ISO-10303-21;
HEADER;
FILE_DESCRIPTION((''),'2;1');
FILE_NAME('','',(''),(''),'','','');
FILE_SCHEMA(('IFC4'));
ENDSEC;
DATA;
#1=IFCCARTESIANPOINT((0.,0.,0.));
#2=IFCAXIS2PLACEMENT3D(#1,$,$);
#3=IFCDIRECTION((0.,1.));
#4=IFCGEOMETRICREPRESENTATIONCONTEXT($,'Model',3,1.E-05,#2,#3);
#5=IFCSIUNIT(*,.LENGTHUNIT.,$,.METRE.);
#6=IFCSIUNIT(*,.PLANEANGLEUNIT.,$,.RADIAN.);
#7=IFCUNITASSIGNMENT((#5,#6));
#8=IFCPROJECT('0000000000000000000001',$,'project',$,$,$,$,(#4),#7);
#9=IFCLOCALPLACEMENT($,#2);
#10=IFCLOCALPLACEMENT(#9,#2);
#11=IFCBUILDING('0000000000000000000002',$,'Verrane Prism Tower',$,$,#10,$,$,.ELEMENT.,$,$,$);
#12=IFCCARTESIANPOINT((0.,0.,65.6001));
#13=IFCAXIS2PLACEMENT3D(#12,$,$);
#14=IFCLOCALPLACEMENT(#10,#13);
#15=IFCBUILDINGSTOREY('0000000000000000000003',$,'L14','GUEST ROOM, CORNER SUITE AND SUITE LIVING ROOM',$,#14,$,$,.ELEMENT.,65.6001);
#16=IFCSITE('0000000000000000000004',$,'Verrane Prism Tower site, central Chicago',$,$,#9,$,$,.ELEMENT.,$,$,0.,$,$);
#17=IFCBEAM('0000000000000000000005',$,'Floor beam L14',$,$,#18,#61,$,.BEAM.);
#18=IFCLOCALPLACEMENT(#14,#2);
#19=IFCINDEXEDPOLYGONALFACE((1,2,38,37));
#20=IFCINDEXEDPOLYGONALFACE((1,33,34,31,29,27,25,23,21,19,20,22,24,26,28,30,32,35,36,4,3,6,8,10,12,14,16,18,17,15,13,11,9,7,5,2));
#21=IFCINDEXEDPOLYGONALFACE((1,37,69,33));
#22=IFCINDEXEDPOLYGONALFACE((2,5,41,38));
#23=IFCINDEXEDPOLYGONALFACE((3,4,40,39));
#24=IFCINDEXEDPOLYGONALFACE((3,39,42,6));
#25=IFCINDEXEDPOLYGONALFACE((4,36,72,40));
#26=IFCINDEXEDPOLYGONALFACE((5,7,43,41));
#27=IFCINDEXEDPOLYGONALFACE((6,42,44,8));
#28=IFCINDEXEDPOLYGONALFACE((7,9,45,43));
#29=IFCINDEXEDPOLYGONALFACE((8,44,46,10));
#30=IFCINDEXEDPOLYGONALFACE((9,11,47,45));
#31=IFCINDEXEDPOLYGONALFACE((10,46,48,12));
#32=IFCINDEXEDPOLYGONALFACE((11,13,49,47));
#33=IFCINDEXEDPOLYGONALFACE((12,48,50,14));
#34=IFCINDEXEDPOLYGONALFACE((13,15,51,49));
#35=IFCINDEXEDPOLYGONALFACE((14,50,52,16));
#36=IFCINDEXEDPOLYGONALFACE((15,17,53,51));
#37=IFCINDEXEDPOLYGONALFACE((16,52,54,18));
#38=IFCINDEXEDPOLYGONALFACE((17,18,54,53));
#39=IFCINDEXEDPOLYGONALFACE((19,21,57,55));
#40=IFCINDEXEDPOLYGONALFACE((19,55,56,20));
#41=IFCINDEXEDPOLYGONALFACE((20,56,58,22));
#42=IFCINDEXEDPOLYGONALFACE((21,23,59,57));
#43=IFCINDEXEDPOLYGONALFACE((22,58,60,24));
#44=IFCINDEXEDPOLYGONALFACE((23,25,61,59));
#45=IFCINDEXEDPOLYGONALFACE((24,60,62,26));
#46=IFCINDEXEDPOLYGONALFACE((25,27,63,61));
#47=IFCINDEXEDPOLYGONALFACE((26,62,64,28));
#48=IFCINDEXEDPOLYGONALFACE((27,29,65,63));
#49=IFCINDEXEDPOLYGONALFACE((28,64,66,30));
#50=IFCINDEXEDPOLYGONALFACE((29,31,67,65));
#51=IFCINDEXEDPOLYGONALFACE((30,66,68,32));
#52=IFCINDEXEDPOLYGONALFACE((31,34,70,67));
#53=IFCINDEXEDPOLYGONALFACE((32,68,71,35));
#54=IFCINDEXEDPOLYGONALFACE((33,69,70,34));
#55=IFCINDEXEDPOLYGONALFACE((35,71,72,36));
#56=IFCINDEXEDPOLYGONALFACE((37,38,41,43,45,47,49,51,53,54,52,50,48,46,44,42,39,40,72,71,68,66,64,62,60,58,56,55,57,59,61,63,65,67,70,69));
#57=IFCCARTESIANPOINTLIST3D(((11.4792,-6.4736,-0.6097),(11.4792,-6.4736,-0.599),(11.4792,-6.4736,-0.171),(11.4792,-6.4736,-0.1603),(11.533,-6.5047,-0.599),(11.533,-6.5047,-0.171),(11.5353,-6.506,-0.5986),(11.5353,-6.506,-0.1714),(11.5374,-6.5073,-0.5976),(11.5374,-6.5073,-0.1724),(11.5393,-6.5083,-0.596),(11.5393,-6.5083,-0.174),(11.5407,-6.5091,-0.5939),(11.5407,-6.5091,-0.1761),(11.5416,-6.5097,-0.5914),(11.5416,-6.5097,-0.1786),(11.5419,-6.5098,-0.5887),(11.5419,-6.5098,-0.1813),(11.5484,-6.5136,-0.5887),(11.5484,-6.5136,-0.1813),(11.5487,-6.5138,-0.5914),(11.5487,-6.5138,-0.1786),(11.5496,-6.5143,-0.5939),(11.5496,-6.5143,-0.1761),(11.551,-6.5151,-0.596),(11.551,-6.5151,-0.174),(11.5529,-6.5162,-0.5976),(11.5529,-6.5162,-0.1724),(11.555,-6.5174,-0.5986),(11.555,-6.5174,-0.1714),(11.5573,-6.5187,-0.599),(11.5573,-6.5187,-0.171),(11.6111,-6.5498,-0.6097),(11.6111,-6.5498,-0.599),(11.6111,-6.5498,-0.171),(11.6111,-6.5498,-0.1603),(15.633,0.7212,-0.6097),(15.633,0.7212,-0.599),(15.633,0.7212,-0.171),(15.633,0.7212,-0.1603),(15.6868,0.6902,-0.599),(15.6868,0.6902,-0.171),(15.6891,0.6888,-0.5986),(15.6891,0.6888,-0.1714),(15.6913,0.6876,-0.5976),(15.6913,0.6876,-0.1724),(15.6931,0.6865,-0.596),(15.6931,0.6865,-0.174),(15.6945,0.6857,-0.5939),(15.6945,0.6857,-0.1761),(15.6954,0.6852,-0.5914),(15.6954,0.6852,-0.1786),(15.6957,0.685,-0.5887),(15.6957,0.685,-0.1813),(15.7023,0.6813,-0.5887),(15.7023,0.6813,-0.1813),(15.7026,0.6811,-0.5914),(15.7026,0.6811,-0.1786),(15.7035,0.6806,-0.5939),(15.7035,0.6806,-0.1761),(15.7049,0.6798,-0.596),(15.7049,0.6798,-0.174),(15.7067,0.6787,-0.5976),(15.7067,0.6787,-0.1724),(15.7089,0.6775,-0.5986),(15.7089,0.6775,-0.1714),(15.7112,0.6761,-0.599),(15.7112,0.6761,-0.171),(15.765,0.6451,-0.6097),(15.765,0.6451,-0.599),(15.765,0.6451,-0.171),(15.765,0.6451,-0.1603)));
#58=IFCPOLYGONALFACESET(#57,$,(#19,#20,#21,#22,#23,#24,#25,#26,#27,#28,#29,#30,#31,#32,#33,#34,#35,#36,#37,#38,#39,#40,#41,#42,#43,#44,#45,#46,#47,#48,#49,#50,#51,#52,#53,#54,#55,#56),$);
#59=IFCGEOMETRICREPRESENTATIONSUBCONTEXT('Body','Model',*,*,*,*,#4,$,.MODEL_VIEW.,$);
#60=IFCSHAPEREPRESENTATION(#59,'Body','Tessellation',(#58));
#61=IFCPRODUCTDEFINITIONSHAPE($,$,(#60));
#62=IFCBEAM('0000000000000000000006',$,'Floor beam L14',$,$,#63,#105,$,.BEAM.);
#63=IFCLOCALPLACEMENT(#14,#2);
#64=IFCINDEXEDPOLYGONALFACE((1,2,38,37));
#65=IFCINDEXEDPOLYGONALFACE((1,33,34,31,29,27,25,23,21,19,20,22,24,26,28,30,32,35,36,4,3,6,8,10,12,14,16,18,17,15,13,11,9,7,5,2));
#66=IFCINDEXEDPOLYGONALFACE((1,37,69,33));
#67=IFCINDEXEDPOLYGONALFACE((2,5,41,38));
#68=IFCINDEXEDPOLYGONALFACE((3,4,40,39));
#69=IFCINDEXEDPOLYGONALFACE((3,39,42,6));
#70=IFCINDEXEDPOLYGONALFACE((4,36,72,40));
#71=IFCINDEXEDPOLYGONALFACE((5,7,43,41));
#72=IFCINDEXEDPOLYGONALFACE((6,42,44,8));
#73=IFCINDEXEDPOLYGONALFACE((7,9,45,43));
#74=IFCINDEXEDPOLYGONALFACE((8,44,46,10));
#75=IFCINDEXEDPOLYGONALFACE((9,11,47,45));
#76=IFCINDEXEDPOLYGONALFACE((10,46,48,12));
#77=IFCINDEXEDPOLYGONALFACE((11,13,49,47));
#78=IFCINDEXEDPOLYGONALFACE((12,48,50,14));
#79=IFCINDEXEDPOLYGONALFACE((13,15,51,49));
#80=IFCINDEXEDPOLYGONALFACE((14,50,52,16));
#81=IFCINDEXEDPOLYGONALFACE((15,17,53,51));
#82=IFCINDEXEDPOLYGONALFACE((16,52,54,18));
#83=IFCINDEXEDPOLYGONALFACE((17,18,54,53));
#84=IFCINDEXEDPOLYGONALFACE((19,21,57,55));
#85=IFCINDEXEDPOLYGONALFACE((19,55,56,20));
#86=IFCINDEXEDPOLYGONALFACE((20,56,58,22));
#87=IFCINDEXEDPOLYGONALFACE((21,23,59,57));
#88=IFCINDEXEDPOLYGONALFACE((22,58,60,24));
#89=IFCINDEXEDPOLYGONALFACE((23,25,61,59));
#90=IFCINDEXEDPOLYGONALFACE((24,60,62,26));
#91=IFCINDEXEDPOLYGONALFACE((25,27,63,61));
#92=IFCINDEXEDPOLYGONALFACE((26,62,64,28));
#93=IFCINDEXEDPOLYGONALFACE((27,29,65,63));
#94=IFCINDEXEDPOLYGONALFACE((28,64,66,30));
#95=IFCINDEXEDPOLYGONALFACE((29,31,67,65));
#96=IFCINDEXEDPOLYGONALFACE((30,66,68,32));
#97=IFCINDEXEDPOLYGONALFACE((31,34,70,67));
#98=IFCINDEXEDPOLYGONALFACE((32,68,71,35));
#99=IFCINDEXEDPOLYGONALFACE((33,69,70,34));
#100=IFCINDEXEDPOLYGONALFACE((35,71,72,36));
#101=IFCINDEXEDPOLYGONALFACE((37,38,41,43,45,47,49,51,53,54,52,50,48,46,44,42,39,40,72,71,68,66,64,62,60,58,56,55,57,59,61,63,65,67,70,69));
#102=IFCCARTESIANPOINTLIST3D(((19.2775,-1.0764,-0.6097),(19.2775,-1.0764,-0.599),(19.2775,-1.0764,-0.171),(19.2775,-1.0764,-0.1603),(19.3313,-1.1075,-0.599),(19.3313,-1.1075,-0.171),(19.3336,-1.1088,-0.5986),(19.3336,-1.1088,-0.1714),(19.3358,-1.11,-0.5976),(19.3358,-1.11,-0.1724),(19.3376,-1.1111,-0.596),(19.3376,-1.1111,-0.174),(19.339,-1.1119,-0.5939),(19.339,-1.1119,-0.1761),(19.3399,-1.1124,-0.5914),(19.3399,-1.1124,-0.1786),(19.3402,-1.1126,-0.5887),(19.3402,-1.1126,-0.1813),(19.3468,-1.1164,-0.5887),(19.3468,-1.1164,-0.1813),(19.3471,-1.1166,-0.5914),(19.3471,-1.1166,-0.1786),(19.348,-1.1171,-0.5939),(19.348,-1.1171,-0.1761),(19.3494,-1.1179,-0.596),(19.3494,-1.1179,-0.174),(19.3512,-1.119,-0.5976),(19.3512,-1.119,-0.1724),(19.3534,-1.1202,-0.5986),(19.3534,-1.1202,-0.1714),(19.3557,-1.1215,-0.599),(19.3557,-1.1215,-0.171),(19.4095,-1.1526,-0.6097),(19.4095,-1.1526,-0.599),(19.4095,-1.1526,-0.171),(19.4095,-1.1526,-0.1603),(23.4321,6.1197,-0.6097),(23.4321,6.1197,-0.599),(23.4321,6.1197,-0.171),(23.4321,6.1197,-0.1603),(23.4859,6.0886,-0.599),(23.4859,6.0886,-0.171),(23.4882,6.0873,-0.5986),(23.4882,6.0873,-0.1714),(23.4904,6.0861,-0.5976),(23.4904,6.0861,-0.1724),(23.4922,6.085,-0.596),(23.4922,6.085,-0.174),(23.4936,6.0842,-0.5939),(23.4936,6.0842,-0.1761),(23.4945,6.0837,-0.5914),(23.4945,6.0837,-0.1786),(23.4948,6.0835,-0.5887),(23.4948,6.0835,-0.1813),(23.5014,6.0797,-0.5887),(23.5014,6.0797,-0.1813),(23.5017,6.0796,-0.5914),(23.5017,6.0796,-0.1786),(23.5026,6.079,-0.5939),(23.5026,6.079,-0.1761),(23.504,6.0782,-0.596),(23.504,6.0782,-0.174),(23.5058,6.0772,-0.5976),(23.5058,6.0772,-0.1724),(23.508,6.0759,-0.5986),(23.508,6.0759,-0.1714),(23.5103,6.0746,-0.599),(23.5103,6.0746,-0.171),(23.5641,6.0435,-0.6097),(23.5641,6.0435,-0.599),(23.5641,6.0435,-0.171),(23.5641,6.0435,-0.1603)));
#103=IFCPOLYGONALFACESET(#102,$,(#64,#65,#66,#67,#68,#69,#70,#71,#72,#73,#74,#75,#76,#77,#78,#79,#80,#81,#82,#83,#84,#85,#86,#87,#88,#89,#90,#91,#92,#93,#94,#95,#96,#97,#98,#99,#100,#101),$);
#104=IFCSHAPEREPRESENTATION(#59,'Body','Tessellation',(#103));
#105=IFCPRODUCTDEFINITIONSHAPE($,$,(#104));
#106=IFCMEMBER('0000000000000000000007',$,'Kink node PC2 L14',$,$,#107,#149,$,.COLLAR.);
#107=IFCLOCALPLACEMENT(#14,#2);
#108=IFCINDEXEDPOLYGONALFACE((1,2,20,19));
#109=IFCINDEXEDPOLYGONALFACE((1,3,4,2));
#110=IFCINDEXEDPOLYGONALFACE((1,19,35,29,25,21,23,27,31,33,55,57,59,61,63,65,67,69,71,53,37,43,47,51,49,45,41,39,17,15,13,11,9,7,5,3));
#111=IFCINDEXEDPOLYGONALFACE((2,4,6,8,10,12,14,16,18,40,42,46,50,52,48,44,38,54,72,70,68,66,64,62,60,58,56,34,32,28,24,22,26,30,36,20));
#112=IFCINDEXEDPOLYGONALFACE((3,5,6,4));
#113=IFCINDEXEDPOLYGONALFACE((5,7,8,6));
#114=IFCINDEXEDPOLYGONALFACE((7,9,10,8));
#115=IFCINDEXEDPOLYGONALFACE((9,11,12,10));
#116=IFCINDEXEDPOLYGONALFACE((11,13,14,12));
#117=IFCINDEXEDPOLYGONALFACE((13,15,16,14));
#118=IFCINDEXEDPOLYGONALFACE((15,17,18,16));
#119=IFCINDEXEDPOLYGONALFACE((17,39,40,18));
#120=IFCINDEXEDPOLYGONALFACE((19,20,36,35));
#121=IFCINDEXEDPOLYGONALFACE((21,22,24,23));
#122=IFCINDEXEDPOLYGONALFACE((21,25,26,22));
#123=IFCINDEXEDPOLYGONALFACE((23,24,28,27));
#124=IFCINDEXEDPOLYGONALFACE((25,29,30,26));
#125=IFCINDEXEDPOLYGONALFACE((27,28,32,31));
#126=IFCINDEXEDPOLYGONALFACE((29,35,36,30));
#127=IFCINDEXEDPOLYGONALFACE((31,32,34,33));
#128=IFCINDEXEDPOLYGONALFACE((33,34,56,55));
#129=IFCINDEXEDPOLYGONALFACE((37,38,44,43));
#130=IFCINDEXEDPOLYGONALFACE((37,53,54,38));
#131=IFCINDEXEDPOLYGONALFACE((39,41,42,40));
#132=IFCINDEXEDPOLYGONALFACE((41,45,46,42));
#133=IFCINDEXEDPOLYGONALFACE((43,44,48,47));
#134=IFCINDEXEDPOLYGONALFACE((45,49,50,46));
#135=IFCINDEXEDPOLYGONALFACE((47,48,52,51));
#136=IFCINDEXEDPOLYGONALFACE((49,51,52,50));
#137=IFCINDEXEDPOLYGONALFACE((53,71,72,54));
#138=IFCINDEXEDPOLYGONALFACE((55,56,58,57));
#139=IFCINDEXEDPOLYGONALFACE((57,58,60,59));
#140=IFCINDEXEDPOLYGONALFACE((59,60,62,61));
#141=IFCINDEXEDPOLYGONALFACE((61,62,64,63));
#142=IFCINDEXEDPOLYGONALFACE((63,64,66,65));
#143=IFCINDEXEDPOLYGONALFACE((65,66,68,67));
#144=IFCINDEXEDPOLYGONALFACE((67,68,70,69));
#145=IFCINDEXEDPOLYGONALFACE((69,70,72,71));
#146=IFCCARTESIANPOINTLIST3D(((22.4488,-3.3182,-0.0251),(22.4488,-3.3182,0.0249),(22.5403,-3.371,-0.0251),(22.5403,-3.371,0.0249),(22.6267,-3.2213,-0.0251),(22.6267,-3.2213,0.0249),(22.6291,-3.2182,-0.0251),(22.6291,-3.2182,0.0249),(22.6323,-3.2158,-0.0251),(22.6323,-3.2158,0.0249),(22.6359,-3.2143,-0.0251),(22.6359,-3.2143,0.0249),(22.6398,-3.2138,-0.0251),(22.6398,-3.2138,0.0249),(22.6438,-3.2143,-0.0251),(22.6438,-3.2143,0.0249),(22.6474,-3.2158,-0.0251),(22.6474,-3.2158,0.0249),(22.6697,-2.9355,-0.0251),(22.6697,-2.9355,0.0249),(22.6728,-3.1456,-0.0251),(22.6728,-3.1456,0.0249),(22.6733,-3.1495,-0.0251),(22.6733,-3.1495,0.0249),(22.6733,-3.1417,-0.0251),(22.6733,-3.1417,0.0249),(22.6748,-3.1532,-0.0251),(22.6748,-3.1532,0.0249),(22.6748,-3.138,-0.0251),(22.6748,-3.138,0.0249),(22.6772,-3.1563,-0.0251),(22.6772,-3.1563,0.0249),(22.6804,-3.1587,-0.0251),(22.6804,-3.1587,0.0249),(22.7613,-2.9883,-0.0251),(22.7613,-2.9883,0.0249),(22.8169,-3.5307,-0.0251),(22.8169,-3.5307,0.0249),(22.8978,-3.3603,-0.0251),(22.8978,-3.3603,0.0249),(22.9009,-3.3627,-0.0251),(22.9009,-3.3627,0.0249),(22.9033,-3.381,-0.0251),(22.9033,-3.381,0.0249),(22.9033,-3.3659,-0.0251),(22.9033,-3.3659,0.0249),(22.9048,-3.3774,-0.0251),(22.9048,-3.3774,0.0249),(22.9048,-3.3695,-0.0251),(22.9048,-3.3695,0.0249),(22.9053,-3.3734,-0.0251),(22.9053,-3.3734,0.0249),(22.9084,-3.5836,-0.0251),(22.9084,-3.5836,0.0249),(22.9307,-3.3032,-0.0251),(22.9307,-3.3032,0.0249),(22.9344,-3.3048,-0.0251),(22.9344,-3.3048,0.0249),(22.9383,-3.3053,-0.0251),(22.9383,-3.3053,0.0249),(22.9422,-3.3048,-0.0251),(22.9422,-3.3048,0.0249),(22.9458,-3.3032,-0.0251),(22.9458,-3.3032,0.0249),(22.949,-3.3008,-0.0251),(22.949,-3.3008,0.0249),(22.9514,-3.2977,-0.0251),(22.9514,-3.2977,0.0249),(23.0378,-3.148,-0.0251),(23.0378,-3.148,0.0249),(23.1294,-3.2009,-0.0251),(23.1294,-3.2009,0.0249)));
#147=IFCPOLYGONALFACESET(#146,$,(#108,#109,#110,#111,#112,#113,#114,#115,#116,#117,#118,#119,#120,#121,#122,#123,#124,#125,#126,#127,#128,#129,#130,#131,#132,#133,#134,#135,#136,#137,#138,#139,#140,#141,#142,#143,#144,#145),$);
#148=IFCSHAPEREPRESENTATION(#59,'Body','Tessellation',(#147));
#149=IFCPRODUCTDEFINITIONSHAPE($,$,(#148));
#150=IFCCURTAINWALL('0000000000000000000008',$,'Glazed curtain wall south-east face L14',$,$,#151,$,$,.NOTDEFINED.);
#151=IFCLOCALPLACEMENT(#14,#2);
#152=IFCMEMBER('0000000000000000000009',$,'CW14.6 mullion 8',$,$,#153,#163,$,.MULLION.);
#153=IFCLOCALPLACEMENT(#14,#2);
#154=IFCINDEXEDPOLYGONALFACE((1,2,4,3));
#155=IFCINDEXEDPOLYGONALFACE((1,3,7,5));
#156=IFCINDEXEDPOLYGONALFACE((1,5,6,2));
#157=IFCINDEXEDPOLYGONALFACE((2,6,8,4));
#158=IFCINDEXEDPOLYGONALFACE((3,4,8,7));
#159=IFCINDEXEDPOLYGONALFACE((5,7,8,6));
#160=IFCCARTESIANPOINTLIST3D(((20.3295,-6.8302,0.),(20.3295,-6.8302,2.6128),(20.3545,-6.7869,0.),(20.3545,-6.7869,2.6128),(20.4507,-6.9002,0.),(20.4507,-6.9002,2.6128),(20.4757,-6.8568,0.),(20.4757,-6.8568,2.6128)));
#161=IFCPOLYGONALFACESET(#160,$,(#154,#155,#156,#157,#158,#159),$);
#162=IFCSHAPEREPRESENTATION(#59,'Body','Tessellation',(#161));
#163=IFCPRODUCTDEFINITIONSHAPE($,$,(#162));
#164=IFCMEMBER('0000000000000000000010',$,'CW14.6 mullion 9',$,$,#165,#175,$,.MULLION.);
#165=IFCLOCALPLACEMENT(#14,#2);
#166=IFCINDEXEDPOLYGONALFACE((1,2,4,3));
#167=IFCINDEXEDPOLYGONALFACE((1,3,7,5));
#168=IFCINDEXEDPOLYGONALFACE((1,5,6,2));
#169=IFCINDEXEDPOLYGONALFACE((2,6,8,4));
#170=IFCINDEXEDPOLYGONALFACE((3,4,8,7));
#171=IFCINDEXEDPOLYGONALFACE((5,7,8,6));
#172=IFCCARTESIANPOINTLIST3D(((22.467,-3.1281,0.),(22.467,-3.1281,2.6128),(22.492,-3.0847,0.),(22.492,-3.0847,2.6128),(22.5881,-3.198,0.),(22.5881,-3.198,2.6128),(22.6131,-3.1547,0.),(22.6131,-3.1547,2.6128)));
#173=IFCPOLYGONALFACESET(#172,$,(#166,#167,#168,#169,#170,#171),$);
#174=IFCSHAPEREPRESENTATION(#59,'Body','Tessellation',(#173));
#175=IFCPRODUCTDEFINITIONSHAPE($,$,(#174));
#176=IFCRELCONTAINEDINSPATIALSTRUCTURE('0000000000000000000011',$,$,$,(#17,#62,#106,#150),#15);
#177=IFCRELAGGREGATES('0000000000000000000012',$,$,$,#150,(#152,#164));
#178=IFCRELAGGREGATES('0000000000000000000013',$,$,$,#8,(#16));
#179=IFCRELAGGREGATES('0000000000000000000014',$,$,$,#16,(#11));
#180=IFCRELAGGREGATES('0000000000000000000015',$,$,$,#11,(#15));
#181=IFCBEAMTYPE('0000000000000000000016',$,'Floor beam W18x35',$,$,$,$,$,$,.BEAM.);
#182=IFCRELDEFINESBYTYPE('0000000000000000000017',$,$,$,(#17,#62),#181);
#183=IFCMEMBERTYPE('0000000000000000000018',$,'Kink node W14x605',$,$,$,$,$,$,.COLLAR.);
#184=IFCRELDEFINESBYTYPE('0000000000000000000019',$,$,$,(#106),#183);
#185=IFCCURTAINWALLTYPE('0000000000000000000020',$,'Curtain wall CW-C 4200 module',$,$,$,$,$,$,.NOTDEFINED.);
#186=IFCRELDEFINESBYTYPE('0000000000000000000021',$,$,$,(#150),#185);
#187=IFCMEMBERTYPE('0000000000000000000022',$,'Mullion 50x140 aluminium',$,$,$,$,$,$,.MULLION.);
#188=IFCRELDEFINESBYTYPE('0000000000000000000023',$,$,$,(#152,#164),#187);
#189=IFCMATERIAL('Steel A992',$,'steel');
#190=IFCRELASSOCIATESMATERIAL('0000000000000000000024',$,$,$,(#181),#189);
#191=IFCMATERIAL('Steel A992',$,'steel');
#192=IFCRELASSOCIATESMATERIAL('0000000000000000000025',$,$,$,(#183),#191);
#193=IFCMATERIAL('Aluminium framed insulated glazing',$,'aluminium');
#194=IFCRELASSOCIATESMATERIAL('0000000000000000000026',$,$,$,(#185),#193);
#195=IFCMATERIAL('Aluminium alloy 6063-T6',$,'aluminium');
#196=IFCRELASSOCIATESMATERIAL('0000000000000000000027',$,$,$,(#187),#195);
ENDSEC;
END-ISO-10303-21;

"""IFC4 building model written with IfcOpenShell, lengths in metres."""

from ifc_helpers import new_model, si_unit, direction, frame, origin, origin_2d, place, context, subcontext, project, spatial, rectangle, i_section, extrude, material, material_profile, profile_set, type_object, element, aggregate, save


model = new_model("IFC4")

# Units and contexts
model_context = context("Model", 3, precision=1e-05, world=origin(), true_north=direction((0.0, 1.0)))
body_context = subcontext(model_context, "Body", "Model", "MODEL_VIEW")
ifc_project = project(units=[si_unit("LENGTHUNIT", "METRE"), si_unit("PLANEANGLEUNIT", "RADIAN")], contexts=[model_context])

# Site, building, storey
site_placement = place(None, origin())
site = spatial("IfcSite", under=ifc_project, at=site_placement, Name="Verrane Prism Tower site, central Chicago", CompositionType="ELEMENT", RefElevation=0.0)
building_placement = place(site_placement, origin())
building = spatial("IfcBuilding", under=site, at=building_placement, Name="Verrane Prism Tower", CompositionType="ELEMENT")
storey_placement = place(building_placement, frame((0.0, 0.0, 65.6001)))
storey = spatial("IfcBuildingStorey", under=building, at=storey_placement, Name="L14", Description="GUEST ROOM, CORNER SUITE AND SUITE LIVING ROOM", CompositionType="ELEMENT", Elevation=65.6001)

# Beams
ifc_material_1 = material(Name="Steel A992", Category="steel")
ifc_material_profile_1 = material_profile(ifc_material_1, i_section(OverallWidth=0.1523, OverallDepth=0.4495, WebThickness=0.0076, FlangeThickness=0.0107, FilletRadius=0.0103, at=origin_2d()), Name="W18x35")
ifc_profile_set_1 = profile_set([ifc_material_profile_1], Name="Steel A992")
beam_type_1 = type_object("IfcBeamType", Name="Floor beam W18x35", PredefinedType="BEAM", material=ifc_profile_set_1)
beam_1_placement = place(storey_placement, frame((11.5452, -6.5117, -0.385), z_axis=(0.499989, 0.866032, 0.0), x_axis=(-0.866032, 0.499989, 0.0)))
element("IfcBeam", 1, at=beam_1_placement, inside=storey, type_object=beam_type_1, Name="Floor beam L14", PredefinedType="BEAM", context=body_context, shape_type="SweptSolid", body=[
    extrude(i_section(OverallWidth=0.1523, OverallDepth=0.4495, WebThickness=0.0076, FlangeThickness=0.0107, FilletRadius=0.0103, at=origin_2d()), origin(), (0.0, 0.0, 1.0), 8.3079),
])
beam_2_placement = place(storey_placement, frame((19.3435, -1.1145, -0.385), z_axis=(0.499991, 0.86603, 0.0), x_axis=(-0.86603, 0.499991, 0.0)))
element("IfcBeam", 2, at=beam_2_placement, inside=storey, type_object=beam_type_1, Name="Floor beam L14", PredefinedType="BEAM", context=body_context, shape_type="SweptSolid", body=[
    extrude(i_section(OverallWidth=0.1523, OverallDepth=0.4495, WebThickness=0.0076, FlangeThickness=0.0107, FilletRadius=0.0103, at=origin_2d()), origin(), (0.0, 0.0, 1.0), 8.3093),
])

# Member
ifc_material_2 = material(Name="Steel A992", Category="steel")
ifc_material_profile_2 = material_profile(ifc_material_2, i_section(OverallWidth=0.4419, OverallDepth=0.5308, WebThickness=0.0659, FlangeThickness=0.1057, FilletRadius=0.0151, at=origin_2d()), Name="W14x605")
ifc_profile_set_2 = profile_set([ifc_material_profile_2], Name="Steel A992")
member_type_1 = type_object("IfcMemberType", Name="Kink node W14x605", PredefinedType="COLLAR", material=ifc_profile_set_2)
member_1_placement = place(storey_placement, frame((22.7891, -3.2595, -0.0251), z_axis=(0.0, 0.0, 1.0), x_axis=(-0.5, -0.866025, 0.0)))
element("IfcMember", 3, at=member_1_placement, inside=storey, type_object=member_type_1, Name="Kink node PC2 L14", PredefinedType="COLLAR", context=body_context, shape_type="SweptSolid", body=[
    extrude(i_section(OverallWidth=0.4419, OverallDepth=0.5308, WebThickness=0.0659, FlangeThickness=0.1057, FilletRadius=0.0151, at=origin_2d()), origin(), (0.0, 0.0, 1.0), 0.05),
])

# Curtain wall, members
ifc_material_3 = material(Name="Aluminium framed insulated glazing", Category="aluminium")
curtain_wall_type = type_object("IfcCurtainWallType", Name="Curtain wall CW-C 4200 module", PredefinedType="NOTDEFINED", material=ifc_material_3)
curtain_wall_placement = place(storey_placement, origin())
curtain_wall = element("IfcCurtainWall", 4, at=curtain_wall_placement, inside=storey, type_object=curtain_wall_type, Name="Glazed curtain wall south-east face L14", PredefinedType="NOTDEFINED")
ifc_material_4 = material(Name="Aluminium alloy 6063-T6", Category="aluminium")
ifc_material_profile_3 = material_profile(ifc_material_4, rectangle(XDim=0.1399, YDim=0.05, at=origin_2d()), Name="Mullion 50x140 aluminium")
ifc_profile_set_3 = profile_set([ifc_material_profile_3], Name="Aluminium alloy 6063-T6")
member_type_2 = type_object("IfcMemberType", Name="Mullion 50x140 aluminium", PredefinedType="MULLION", material=ifc_profile_set_3)
member_2_placement = place(storey_placement, frame((20.4026, -6.8435, 0.0), z_axis=(0.0, 0.0, 1.0), x_axis=(-0.866025, 0.5, 0.0)))
member_2 = element("IfcMember", 5, at=member_2_placement, type_object=member_type_2, Name="CW14.6 mullion 8", PredefinedType="MULLION", context=body_context, shape_type="SweptSolid", body=[
    extrude(rectangle(XDim=0.1399, YDim=0.05, at=origin_2d()), origin(), (0.0, 0.0, 1.0), 2.6128),
])
member_3_placement = place(storey_placement, frame((22.54, -3.1414, 0.0), z_axis=(0.0, 0.0, 1.0), x_axis=(-0.866025, 0.5, 0.0)))
member_3 = element("IfcMember", 6, at=member_3_placement, type_object=member_type_2, Name="CW14.6 mullion 9", PredefinedType="MULLION", context=body_context, shape_type="SweptSolid", body=[
    extrude(rectangle(XDim=0.1399, YDim=0.05, at=origin_2d()), origin(), (0.0, 0.0, 1.0), 2.6128),
])

aggregate(curtain_wall, [member_2, member_3])

save(model, "model.ifc")
